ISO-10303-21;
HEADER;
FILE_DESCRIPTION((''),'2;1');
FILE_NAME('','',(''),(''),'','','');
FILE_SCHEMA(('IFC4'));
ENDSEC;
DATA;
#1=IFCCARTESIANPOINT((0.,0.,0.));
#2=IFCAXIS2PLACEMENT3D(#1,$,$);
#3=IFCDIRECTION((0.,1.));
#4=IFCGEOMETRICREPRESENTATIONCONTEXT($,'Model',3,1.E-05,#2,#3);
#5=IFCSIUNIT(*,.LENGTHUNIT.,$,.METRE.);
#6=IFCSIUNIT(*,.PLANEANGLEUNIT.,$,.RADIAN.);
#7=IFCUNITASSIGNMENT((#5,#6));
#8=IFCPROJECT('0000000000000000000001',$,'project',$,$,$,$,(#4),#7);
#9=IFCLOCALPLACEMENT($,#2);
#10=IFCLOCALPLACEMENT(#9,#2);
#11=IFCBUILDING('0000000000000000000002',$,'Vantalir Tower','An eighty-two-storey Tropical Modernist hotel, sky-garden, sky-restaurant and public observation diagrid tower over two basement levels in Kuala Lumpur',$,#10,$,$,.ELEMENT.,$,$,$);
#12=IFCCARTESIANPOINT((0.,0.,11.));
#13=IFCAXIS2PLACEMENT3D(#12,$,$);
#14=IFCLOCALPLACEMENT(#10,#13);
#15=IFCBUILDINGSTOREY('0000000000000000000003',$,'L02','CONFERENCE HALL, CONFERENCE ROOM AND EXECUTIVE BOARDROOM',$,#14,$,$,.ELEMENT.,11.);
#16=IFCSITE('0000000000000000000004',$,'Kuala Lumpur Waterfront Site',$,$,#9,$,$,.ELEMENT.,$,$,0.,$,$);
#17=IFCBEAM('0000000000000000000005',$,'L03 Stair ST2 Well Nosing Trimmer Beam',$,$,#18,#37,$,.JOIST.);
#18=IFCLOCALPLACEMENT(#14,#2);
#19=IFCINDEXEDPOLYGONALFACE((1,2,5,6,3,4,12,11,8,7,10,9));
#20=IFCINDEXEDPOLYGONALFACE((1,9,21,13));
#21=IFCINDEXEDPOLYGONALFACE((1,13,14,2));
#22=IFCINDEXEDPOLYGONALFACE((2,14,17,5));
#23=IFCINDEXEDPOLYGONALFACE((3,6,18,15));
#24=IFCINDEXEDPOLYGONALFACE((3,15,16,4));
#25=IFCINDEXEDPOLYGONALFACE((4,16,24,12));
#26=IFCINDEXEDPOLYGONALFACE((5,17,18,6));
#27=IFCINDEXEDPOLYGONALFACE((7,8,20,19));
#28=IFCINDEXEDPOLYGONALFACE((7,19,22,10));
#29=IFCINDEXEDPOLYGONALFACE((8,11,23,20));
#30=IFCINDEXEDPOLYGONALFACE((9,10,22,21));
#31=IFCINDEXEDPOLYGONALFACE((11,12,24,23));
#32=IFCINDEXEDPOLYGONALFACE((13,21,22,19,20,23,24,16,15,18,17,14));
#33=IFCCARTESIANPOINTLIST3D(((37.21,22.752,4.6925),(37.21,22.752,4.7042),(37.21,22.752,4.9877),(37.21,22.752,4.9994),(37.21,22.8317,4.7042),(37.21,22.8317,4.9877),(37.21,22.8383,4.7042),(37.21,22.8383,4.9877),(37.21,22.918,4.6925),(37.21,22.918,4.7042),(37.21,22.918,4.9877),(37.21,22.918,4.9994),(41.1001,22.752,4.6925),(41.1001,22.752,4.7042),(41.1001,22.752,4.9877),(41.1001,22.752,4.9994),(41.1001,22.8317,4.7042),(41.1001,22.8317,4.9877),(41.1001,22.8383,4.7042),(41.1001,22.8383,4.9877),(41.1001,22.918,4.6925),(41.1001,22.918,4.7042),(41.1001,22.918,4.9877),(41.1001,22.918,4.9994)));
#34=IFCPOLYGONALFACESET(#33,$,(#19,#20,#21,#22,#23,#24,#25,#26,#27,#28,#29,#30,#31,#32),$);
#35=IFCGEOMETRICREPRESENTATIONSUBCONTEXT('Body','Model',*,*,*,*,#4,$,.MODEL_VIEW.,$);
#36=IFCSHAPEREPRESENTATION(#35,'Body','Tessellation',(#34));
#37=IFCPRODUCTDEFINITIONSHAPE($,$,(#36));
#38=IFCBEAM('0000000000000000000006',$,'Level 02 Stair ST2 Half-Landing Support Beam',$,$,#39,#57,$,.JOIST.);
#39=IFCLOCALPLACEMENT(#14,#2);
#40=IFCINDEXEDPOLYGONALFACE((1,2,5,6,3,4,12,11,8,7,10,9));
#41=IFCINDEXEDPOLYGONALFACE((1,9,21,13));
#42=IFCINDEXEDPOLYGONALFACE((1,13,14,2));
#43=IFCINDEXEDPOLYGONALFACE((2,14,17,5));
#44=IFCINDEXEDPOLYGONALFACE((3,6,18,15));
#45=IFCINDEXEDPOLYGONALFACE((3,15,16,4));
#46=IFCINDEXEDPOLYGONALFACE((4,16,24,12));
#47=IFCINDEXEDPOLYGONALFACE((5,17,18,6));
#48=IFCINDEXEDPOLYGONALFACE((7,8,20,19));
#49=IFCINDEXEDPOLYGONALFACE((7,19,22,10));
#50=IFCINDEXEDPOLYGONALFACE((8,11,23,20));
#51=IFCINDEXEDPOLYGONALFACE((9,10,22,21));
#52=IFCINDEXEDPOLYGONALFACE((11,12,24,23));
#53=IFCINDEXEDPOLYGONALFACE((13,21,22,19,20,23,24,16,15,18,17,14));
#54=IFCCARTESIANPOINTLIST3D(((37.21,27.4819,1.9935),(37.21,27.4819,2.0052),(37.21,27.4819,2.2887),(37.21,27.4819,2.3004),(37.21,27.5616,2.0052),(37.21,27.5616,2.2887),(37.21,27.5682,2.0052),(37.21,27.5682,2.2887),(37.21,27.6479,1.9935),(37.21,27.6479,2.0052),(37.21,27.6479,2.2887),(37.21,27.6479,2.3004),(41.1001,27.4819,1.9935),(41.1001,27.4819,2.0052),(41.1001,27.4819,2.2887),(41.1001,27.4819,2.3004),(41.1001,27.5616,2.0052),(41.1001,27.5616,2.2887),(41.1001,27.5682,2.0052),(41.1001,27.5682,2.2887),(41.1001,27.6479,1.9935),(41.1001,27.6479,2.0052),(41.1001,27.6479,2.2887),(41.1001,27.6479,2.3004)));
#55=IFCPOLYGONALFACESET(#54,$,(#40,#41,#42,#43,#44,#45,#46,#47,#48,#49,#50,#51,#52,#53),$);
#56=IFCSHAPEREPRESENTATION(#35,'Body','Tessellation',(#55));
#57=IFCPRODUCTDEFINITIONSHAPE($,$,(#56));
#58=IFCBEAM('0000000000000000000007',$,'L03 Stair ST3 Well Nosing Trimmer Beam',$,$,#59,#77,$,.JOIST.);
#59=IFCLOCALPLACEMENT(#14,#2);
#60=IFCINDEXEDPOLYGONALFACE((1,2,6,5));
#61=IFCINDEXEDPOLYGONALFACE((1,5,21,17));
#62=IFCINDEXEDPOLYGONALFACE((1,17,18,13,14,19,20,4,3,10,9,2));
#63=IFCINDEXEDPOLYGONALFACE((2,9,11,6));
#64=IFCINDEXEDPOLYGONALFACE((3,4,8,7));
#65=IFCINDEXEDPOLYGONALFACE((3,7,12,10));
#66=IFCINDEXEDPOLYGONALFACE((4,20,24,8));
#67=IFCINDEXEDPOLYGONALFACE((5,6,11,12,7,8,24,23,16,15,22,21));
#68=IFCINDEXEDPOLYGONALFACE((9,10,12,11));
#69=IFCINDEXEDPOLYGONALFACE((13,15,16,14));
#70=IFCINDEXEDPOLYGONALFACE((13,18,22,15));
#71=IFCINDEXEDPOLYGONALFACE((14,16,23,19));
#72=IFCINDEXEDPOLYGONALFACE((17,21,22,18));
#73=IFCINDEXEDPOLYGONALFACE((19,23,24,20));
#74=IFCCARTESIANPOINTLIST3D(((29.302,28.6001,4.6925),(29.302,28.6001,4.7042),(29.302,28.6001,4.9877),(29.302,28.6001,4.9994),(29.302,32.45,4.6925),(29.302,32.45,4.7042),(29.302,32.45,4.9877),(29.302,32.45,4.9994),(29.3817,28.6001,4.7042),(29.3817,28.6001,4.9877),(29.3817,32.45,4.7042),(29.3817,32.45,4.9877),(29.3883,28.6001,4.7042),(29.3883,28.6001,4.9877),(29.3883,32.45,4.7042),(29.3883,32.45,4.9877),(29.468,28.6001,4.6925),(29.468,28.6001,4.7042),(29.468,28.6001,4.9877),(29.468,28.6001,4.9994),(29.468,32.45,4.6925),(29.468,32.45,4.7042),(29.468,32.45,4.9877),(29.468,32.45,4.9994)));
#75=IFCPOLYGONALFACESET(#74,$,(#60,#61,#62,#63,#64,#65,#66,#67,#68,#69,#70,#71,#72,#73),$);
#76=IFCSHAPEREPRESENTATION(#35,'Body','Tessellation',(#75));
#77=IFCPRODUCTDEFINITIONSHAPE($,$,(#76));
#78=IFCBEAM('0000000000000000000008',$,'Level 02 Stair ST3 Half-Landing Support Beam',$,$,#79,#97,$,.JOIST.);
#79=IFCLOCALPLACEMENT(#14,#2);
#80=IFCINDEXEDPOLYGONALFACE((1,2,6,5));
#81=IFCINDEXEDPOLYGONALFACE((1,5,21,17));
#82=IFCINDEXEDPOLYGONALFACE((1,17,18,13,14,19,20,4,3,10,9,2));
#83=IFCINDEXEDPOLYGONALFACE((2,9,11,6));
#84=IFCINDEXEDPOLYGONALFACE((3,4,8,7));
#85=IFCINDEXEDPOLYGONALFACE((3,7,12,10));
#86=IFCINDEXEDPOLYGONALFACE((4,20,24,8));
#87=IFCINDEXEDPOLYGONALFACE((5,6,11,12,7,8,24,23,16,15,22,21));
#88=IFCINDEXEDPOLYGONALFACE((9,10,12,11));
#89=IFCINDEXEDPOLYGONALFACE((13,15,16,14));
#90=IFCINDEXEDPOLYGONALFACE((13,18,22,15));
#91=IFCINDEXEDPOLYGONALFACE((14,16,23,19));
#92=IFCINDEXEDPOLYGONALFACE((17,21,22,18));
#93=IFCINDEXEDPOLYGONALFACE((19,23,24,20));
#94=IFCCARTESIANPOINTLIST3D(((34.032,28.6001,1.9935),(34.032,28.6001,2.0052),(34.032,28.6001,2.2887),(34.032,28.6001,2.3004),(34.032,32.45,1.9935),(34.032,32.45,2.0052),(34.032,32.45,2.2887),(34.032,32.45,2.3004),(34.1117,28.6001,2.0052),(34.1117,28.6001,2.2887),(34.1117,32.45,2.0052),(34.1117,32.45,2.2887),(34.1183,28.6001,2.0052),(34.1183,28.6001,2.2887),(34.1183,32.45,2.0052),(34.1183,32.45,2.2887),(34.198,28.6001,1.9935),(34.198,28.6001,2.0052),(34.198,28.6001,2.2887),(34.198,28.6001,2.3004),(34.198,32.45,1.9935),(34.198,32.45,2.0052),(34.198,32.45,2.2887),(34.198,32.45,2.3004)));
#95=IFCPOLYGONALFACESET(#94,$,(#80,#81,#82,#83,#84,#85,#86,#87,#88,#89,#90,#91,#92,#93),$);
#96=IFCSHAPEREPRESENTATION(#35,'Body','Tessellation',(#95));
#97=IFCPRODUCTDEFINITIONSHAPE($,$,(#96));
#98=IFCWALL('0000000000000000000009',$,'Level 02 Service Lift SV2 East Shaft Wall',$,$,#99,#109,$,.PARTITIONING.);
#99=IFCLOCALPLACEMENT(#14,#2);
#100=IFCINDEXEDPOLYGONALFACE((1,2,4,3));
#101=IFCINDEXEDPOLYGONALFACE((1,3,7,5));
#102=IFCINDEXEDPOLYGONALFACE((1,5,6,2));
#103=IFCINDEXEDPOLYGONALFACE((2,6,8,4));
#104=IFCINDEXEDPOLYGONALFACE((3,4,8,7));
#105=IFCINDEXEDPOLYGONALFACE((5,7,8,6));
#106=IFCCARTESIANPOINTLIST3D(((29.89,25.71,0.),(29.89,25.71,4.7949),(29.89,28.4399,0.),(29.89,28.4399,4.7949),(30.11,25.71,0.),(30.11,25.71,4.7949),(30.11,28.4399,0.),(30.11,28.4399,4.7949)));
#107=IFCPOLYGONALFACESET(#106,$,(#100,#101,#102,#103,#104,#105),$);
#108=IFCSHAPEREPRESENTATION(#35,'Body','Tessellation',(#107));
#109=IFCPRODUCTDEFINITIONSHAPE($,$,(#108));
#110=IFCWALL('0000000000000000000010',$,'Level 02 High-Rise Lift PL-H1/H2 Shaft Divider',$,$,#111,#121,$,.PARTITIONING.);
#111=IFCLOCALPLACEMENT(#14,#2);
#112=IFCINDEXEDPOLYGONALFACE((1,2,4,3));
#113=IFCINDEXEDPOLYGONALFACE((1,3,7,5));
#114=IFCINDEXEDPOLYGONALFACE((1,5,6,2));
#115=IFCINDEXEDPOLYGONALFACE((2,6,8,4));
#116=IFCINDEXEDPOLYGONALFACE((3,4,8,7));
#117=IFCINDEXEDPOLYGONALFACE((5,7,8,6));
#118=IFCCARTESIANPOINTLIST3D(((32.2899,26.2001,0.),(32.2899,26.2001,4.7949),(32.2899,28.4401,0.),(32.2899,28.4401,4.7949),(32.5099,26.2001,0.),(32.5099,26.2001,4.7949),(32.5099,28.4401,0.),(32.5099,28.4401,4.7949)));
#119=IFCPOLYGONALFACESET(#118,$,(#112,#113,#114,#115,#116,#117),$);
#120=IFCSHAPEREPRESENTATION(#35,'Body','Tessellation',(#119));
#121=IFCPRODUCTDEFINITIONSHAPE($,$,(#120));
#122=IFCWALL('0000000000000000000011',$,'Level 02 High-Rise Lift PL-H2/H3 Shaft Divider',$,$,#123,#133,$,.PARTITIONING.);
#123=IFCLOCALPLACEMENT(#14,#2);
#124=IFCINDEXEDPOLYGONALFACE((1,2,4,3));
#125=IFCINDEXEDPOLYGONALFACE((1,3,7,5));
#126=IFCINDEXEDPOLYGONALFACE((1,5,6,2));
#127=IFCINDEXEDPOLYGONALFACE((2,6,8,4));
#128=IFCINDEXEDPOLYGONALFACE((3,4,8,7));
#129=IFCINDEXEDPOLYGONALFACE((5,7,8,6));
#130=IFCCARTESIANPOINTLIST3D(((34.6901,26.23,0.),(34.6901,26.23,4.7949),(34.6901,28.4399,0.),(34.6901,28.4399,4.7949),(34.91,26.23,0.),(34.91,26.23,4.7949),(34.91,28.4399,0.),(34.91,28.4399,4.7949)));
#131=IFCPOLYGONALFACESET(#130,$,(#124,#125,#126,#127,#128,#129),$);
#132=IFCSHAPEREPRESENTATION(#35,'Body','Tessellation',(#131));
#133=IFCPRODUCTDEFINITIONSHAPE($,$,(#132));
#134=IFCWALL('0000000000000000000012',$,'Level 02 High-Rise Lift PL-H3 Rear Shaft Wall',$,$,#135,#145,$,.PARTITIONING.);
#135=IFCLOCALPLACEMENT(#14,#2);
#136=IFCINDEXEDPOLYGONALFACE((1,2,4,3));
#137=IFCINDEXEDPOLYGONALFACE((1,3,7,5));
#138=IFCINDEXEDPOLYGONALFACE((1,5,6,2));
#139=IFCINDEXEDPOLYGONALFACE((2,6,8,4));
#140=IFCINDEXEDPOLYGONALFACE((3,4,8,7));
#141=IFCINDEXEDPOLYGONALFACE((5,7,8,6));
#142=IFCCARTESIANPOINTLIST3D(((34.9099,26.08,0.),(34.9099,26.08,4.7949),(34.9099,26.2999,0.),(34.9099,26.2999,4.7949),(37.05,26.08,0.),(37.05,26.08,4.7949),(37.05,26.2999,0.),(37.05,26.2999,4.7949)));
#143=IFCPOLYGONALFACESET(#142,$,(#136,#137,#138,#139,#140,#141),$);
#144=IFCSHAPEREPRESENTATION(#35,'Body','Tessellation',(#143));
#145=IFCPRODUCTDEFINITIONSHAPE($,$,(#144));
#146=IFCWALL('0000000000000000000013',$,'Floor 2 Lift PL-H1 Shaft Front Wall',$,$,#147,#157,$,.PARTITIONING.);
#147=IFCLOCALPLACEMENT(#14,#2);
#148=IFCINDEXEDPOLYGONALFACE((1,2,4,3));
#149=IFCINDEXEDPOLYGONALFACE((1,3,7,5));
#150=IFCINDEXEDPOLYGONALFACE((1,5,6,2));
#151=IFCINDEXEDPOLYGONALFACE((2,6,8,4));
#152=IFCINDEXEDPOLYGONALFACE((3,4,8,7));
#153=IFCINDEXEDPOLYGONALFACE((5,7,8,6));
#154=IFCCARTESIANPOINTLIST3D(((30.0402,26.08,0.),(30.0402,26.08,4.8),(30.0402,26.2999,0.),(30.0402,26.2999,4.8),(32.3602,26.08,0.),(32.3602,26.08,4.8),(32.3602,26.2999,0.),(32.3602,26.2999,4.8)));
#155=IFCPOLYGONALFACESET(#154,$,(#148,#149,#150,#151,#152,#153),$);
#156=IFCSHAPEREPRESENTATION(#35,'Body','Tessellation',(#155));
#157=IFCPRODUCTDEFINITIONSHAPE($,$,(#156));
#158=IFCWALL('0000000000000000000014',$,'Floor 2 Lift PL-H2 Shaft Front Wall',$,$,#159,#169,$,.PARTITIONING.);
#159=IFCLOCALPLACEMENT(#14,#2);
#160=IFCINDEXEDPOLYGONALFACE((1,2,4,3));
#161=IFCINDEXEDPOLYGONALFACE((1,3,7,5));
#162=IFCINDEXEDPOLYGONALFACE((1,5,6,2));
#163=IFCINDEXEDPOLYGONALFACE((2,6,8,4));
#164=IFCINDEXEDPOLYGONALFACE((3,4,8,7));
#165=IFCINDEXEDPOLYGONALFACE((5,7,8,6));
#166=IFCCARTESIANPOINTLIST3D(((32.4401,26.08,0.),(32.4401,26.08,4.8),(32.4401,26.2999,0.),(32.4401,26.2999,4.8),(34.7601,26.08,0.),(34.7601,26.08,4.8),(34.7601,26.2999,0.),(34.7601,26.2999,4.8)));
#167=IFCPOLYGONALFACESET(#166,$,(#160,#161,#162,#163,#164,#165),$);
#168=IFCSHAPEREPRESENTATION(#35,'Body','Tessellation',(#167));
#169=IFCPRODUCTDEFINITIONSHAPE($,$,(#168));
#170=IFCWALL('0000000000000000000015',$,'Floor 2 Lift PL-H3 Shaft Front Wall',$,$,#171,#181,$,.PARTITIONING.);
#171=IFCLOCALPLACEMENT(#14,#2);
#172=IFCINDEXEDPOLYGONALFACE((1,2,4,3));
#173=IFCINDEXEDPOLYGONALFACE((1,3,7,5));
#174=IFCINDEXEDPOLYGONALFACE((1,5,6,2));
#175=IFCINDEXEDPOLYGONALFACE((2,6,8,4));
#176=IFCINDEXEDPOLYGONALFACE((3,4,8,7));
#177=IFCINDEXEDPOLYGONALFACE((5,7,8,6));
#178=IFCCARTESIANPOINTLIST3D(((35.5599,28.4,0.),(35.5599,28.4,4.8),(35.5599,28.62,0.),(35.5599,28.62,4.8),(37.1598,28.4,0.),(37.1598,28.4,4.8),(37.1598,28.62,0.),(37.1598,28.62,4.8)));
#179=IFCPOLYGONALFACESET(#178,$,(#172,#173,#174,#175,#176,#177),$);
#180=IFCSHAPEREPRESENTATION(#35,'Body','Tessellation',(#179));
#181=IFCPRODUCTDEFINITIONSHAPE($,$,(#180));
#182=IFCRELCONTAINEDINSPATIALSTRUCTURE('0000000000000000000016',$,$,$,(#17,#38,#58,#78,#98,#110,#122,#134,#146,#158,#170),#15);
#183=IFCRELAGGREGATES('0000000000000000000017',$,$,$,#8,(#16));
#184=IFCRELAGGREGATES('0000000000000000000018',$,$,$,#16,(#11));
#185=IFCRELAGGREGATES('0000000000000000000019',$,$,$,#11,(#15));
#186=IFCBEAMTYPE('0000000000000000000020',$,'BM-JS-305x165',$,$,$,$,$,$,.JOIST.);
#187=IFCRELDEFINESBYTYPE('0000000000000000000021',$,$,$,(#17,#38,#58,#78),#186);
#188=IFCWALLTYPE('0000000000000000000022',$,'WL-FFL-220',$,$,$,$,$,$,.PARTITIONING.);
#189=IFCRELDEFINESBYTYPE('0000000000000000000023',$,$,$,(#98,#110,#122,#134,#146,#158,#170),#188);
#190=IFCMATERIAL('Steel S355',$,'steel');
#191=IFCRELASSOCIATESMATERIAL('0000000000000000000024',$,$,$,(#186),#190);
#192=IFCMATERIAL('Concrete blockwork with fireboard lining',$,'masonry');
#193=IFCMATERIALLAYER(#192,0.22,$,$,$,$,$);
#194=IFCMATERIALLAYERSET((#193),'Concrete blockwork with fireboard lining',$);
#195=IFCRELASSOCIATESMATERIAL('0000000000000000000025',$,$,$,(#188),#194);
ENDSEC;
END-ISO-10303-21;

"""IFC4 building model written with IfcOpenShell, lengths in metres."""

from ifc_helpers import new_model, si_unit, direction, frame, frame_2d, origin, origin_2d, place, context, subcontext, project, spatial, rectangle, i_section, extrude, material, layer, layer_set, material_profile, profile_set, type_object, element, save


model = new_model("IFC4")

# Units and contexts
model_context = context("Model", 3, precision=1e-05, world=origin(), true_north=direction((0.0, 1.0)))
body_context = subcontext(model_context, "Body", "Model", "MODEL_VIEW")
ifc_project = project(units=[si_unit("LENGTHUNIT", "METRE"), si_unit("PLANEANGLEUNIT", "RADIAN")], contexts=[model_context])

# Site, building, storey
site_placement = place(None, origin())
site = spatial("IfcSite", under=ifc_project, at=site_placement, Name="Kuala Lumpur Waterfront Site", CompositionType="ELEMENT", RefElevation=0.0)
building_placement = place(site_placement, origin())
building = spatial("IfcBuilding", under=site, at=building_placement, Name="Vantalir Tower", Description="An eighty-two-storey Tropical Modernist hotel, sky-garden, sky-restaurant and public observation diagrid tower over two basement levels in Kuala Lumpur", CompositionType="ELEMENT")
storey_placement = place(building_placement, frame((0.0, 0.0, 11.0)))
storey = spatial("IfcBuildingStorey", under=building, at=storey_placement, Name="L02", Description="CONFERENCE HALL, CONFERENCE ROOM AND EXECUTIVE BOARDROOM", CompositionType="ELEMENT", Elevation=11.0)

# Beams
ifc_material_1 = material(Name="Steel S355", Category="steel")
ifc_material_profile = material_profile(ifc_material_1, i_section(OverallWidth=0.166, OverallDepth=0.3069, WebThickness=0.0066, FlangeThickness=0.0117, at=origin_2d()), Name="Steel S355")
ifc_profile_set = profile_set([ifc_material_profile], Name="Steel S355")
beam_type = type_object("IfcBeamType", Name="BM-JS-305x165", PredefinedType="JOIST", material=ifc_profile_set)
for number, where, z_axis, x_axis, name in (
    (1, (37.21, 22.835, 4.8459), (1.0, 0.0, 0.0), (0.0, 1.0, 0.0), "L03 Stair ST2 Well Nosing Trimmer Beam"),
    (2, (37.21, 27.5649, 2.147), (1.0, 0.0, 0.0), (0.0, 1.0, 0.0), "Level 02 Stair ST2 Half-Landing Support Beam"),
):
    element("IfcBeam", number, at=place(storey_placement, frame(where, z_axis=z_axis, x_axis=x_axis)), inside=storey, type_object=beam_type, Name=name, PredefinedType="JOIST", context=body_context, shape_type="SweptSolid", body=[
        extrude(i_section(OverallWidth=0.166, OverallDepth=0.3069, WebThickness=0.0066, FlangeThickness=0.0117, at=origin_2d()), origin(), (0.0, 0.0, 1.0), 3.8901),
    ])
for number, where, z_axis, x_axis, name in (
    (3, (29.385, 28.6001, 4.8459), (0.0, 1.0, 0.0), (-1.0, 0.0, 0.0), "L03 Stair ST3 Well Nosing Trimmer Beam"),
    (4, (34.115, 28.6001, 2.147), (0.0, 1.0, 0.0), (-1.0, 0.0, 0.0), "Level 02 Stair ST3 Half-Landing Support Beam"),
):
    element("IfcBeam", number, at=place(storey_placement, frame(where, z_axis=z_axis, x_axis=x_axis)), inside=storey, type_object=beam_type, Name=name, PredefinedType="JOIST", context=body_context, shape_type="SweptSolid", body=[
        extrude(i_section(OverallWidth=0.166, OverallDepth=0.3069, WebThickness=0.0066, FlangeThickness=0.0117, at=origin_2d()), origin(), (0.0, 0.0, 1.0), 3.8499),
    ])

# Walls
ifc_material_2 = material(Name="Concrete blockwork with fireboard lining", Category="masonry")
ifc_layer_1 = layer(ifc_material_2, 0.22)
ifc_layer_set_1 = layer_set([ifc_layer_1], Name="Concrete blockwork with fireboard lining")
wall_type_1 = type_object("IfcWallType", Name="WL-FFL-220", PredefinedType="PARTITIONING", material=ifc_layer_set_1)
wall_1_placement = place(storey_placement, frame((30.0, 25.71, 0.0), z_axis=(0.0, 0.0, 1.0), x_axis=(0.0, 1.0, 0.0)))
element("IfcWall", 5, at=wall_1_placement, inside=storey, type_object=wall_type_1, Name="Level 02 Service Lift SV2 East Shaft Wall", PredefinedType="PARTITIONING", context=body_context, shape_type="SweptSolid", body=[
    extrude(rectangle(XDim=2.73, YDim=0.22, at=frame_2d((1.365, 0.0))), origin(), (0.0, 0.0, 1.0), 4.7949),
])
wall_2_placement = place(storey_placement, frame((32.3999, 26.2, 0.0), z_axis=(0.0, 0.0, 1.0), x_axis=(0.0, 1.0, 0.0)))
element("IfcWall", 6, at=wall_2_placement, inside=storey, type_object=wall_type_1, Name="Level 02 High-Rise Lift PL-H1/H2 Shaft Divider", PredefinedType="PARTITIONING", context=body_context, shape_type="SweptSolid", body=[
    extrude(rectangle(XDim=2.24, YDim=0.22, at=frame_2d((1.1201, 0.0))), origin(), (0.0, 0.0, 1.0), 4.7949),
])
wall_3_placement = place(storey_placement, frame((34.8, 26.23, 0.0), z_axis=(0.0, 0.0, 1.0), x_axis=(0.0, 1.0, 0.0)))
element("IfcWall", 7, at=wall_3_placement, inside=storey, type_object=wall_type_1, Name="Level 02 High-Rise Lift PL-H2/H3 Shaft Divider", PredefinedType="PARTITIONING", context=body_context, shape_type="SweptSolid", body=[
    extrude(rectangle(XDim=2.21, YDim=0.22, at=frame_2d((1.105, 0.0))), origin(), (0.0, 0.0, 1.0), 4.7949),
])
wall_4_placement = place(storey_placement, frame((34.9099, 26.1899, 0.0), z_axis=(0.0, 0.0, 1.0), x_axis=(1.0, 0.0, 0.0)))
element("IfcWall", 8, at=wall_4_placement, inside=storey, type_object=wall_type_1, Name="Level 02 High-Rise Lift PL-H3 Rear Shaft Wall", PredefinedType="PARTITIONING", context=body_context, shape_type="SweptSolid", body=[
    extrude(rectangle(XDim=2.1401, YDim=0.22, at=frame_2d((1.0701, 0.0))), origin(), (0.0, 0.0, 1.0), 4.7949),
])
for number, where, z_axis, x_axis, name in (
    (9, (30.04, 26.1899, 0.0), (0.0, 0.0, 1.0), (1.0, 0.0, 0.0), "Floor 2 Lift PL-H1 Shaft Front Wall"),
    (10, (32.4399, 26.1899, 0.0), (0.0, 0.0, 1.0), (1.0, 0.0, 0.0), "Floor 2 Lift PL-H2 Shaft Front Wall"),
):
    element("IfcWall", number, at=place(storey_placement, frame(where, z_axis=z_axis, x_axis=x_axis)), inside=storey, type_object=wall_type_1, Name=name, PredefinedType="PARTITIONING", context=body_context, shape_type="SweptSolid", body=[
        extrude(rectangle(XDim=2.3201, YDim=0.22, at=frame_2d((1.1602, 0.0))), origin(), (0.0, 0.0, 1.0), 4.8),
    ])
wall_5_placement = place(storey_placement, frame((35.5601, 28.51, 0.0), z_axis=(0.0, 0.0, 1.0), x_axis=(1.0, 0.0, 0.0)))
element("IfcWall", 11, at=wall_5_placement, inside=storey, type_object=wall_type_1, Name="Floor 2 Lift PL-H3 Shaft Front Wall", PredefinedType="PARTITIONING", context=body_context, shape_type="SweptSolid", body=[
    extrude(rectangle(XDim=1.5999, YDim=0.22, at=frame_2d((0.7998, 0.0))), origin(), (0.0, 0.0, 1.0), 4.8),
])

save(model, "model.ifc")
